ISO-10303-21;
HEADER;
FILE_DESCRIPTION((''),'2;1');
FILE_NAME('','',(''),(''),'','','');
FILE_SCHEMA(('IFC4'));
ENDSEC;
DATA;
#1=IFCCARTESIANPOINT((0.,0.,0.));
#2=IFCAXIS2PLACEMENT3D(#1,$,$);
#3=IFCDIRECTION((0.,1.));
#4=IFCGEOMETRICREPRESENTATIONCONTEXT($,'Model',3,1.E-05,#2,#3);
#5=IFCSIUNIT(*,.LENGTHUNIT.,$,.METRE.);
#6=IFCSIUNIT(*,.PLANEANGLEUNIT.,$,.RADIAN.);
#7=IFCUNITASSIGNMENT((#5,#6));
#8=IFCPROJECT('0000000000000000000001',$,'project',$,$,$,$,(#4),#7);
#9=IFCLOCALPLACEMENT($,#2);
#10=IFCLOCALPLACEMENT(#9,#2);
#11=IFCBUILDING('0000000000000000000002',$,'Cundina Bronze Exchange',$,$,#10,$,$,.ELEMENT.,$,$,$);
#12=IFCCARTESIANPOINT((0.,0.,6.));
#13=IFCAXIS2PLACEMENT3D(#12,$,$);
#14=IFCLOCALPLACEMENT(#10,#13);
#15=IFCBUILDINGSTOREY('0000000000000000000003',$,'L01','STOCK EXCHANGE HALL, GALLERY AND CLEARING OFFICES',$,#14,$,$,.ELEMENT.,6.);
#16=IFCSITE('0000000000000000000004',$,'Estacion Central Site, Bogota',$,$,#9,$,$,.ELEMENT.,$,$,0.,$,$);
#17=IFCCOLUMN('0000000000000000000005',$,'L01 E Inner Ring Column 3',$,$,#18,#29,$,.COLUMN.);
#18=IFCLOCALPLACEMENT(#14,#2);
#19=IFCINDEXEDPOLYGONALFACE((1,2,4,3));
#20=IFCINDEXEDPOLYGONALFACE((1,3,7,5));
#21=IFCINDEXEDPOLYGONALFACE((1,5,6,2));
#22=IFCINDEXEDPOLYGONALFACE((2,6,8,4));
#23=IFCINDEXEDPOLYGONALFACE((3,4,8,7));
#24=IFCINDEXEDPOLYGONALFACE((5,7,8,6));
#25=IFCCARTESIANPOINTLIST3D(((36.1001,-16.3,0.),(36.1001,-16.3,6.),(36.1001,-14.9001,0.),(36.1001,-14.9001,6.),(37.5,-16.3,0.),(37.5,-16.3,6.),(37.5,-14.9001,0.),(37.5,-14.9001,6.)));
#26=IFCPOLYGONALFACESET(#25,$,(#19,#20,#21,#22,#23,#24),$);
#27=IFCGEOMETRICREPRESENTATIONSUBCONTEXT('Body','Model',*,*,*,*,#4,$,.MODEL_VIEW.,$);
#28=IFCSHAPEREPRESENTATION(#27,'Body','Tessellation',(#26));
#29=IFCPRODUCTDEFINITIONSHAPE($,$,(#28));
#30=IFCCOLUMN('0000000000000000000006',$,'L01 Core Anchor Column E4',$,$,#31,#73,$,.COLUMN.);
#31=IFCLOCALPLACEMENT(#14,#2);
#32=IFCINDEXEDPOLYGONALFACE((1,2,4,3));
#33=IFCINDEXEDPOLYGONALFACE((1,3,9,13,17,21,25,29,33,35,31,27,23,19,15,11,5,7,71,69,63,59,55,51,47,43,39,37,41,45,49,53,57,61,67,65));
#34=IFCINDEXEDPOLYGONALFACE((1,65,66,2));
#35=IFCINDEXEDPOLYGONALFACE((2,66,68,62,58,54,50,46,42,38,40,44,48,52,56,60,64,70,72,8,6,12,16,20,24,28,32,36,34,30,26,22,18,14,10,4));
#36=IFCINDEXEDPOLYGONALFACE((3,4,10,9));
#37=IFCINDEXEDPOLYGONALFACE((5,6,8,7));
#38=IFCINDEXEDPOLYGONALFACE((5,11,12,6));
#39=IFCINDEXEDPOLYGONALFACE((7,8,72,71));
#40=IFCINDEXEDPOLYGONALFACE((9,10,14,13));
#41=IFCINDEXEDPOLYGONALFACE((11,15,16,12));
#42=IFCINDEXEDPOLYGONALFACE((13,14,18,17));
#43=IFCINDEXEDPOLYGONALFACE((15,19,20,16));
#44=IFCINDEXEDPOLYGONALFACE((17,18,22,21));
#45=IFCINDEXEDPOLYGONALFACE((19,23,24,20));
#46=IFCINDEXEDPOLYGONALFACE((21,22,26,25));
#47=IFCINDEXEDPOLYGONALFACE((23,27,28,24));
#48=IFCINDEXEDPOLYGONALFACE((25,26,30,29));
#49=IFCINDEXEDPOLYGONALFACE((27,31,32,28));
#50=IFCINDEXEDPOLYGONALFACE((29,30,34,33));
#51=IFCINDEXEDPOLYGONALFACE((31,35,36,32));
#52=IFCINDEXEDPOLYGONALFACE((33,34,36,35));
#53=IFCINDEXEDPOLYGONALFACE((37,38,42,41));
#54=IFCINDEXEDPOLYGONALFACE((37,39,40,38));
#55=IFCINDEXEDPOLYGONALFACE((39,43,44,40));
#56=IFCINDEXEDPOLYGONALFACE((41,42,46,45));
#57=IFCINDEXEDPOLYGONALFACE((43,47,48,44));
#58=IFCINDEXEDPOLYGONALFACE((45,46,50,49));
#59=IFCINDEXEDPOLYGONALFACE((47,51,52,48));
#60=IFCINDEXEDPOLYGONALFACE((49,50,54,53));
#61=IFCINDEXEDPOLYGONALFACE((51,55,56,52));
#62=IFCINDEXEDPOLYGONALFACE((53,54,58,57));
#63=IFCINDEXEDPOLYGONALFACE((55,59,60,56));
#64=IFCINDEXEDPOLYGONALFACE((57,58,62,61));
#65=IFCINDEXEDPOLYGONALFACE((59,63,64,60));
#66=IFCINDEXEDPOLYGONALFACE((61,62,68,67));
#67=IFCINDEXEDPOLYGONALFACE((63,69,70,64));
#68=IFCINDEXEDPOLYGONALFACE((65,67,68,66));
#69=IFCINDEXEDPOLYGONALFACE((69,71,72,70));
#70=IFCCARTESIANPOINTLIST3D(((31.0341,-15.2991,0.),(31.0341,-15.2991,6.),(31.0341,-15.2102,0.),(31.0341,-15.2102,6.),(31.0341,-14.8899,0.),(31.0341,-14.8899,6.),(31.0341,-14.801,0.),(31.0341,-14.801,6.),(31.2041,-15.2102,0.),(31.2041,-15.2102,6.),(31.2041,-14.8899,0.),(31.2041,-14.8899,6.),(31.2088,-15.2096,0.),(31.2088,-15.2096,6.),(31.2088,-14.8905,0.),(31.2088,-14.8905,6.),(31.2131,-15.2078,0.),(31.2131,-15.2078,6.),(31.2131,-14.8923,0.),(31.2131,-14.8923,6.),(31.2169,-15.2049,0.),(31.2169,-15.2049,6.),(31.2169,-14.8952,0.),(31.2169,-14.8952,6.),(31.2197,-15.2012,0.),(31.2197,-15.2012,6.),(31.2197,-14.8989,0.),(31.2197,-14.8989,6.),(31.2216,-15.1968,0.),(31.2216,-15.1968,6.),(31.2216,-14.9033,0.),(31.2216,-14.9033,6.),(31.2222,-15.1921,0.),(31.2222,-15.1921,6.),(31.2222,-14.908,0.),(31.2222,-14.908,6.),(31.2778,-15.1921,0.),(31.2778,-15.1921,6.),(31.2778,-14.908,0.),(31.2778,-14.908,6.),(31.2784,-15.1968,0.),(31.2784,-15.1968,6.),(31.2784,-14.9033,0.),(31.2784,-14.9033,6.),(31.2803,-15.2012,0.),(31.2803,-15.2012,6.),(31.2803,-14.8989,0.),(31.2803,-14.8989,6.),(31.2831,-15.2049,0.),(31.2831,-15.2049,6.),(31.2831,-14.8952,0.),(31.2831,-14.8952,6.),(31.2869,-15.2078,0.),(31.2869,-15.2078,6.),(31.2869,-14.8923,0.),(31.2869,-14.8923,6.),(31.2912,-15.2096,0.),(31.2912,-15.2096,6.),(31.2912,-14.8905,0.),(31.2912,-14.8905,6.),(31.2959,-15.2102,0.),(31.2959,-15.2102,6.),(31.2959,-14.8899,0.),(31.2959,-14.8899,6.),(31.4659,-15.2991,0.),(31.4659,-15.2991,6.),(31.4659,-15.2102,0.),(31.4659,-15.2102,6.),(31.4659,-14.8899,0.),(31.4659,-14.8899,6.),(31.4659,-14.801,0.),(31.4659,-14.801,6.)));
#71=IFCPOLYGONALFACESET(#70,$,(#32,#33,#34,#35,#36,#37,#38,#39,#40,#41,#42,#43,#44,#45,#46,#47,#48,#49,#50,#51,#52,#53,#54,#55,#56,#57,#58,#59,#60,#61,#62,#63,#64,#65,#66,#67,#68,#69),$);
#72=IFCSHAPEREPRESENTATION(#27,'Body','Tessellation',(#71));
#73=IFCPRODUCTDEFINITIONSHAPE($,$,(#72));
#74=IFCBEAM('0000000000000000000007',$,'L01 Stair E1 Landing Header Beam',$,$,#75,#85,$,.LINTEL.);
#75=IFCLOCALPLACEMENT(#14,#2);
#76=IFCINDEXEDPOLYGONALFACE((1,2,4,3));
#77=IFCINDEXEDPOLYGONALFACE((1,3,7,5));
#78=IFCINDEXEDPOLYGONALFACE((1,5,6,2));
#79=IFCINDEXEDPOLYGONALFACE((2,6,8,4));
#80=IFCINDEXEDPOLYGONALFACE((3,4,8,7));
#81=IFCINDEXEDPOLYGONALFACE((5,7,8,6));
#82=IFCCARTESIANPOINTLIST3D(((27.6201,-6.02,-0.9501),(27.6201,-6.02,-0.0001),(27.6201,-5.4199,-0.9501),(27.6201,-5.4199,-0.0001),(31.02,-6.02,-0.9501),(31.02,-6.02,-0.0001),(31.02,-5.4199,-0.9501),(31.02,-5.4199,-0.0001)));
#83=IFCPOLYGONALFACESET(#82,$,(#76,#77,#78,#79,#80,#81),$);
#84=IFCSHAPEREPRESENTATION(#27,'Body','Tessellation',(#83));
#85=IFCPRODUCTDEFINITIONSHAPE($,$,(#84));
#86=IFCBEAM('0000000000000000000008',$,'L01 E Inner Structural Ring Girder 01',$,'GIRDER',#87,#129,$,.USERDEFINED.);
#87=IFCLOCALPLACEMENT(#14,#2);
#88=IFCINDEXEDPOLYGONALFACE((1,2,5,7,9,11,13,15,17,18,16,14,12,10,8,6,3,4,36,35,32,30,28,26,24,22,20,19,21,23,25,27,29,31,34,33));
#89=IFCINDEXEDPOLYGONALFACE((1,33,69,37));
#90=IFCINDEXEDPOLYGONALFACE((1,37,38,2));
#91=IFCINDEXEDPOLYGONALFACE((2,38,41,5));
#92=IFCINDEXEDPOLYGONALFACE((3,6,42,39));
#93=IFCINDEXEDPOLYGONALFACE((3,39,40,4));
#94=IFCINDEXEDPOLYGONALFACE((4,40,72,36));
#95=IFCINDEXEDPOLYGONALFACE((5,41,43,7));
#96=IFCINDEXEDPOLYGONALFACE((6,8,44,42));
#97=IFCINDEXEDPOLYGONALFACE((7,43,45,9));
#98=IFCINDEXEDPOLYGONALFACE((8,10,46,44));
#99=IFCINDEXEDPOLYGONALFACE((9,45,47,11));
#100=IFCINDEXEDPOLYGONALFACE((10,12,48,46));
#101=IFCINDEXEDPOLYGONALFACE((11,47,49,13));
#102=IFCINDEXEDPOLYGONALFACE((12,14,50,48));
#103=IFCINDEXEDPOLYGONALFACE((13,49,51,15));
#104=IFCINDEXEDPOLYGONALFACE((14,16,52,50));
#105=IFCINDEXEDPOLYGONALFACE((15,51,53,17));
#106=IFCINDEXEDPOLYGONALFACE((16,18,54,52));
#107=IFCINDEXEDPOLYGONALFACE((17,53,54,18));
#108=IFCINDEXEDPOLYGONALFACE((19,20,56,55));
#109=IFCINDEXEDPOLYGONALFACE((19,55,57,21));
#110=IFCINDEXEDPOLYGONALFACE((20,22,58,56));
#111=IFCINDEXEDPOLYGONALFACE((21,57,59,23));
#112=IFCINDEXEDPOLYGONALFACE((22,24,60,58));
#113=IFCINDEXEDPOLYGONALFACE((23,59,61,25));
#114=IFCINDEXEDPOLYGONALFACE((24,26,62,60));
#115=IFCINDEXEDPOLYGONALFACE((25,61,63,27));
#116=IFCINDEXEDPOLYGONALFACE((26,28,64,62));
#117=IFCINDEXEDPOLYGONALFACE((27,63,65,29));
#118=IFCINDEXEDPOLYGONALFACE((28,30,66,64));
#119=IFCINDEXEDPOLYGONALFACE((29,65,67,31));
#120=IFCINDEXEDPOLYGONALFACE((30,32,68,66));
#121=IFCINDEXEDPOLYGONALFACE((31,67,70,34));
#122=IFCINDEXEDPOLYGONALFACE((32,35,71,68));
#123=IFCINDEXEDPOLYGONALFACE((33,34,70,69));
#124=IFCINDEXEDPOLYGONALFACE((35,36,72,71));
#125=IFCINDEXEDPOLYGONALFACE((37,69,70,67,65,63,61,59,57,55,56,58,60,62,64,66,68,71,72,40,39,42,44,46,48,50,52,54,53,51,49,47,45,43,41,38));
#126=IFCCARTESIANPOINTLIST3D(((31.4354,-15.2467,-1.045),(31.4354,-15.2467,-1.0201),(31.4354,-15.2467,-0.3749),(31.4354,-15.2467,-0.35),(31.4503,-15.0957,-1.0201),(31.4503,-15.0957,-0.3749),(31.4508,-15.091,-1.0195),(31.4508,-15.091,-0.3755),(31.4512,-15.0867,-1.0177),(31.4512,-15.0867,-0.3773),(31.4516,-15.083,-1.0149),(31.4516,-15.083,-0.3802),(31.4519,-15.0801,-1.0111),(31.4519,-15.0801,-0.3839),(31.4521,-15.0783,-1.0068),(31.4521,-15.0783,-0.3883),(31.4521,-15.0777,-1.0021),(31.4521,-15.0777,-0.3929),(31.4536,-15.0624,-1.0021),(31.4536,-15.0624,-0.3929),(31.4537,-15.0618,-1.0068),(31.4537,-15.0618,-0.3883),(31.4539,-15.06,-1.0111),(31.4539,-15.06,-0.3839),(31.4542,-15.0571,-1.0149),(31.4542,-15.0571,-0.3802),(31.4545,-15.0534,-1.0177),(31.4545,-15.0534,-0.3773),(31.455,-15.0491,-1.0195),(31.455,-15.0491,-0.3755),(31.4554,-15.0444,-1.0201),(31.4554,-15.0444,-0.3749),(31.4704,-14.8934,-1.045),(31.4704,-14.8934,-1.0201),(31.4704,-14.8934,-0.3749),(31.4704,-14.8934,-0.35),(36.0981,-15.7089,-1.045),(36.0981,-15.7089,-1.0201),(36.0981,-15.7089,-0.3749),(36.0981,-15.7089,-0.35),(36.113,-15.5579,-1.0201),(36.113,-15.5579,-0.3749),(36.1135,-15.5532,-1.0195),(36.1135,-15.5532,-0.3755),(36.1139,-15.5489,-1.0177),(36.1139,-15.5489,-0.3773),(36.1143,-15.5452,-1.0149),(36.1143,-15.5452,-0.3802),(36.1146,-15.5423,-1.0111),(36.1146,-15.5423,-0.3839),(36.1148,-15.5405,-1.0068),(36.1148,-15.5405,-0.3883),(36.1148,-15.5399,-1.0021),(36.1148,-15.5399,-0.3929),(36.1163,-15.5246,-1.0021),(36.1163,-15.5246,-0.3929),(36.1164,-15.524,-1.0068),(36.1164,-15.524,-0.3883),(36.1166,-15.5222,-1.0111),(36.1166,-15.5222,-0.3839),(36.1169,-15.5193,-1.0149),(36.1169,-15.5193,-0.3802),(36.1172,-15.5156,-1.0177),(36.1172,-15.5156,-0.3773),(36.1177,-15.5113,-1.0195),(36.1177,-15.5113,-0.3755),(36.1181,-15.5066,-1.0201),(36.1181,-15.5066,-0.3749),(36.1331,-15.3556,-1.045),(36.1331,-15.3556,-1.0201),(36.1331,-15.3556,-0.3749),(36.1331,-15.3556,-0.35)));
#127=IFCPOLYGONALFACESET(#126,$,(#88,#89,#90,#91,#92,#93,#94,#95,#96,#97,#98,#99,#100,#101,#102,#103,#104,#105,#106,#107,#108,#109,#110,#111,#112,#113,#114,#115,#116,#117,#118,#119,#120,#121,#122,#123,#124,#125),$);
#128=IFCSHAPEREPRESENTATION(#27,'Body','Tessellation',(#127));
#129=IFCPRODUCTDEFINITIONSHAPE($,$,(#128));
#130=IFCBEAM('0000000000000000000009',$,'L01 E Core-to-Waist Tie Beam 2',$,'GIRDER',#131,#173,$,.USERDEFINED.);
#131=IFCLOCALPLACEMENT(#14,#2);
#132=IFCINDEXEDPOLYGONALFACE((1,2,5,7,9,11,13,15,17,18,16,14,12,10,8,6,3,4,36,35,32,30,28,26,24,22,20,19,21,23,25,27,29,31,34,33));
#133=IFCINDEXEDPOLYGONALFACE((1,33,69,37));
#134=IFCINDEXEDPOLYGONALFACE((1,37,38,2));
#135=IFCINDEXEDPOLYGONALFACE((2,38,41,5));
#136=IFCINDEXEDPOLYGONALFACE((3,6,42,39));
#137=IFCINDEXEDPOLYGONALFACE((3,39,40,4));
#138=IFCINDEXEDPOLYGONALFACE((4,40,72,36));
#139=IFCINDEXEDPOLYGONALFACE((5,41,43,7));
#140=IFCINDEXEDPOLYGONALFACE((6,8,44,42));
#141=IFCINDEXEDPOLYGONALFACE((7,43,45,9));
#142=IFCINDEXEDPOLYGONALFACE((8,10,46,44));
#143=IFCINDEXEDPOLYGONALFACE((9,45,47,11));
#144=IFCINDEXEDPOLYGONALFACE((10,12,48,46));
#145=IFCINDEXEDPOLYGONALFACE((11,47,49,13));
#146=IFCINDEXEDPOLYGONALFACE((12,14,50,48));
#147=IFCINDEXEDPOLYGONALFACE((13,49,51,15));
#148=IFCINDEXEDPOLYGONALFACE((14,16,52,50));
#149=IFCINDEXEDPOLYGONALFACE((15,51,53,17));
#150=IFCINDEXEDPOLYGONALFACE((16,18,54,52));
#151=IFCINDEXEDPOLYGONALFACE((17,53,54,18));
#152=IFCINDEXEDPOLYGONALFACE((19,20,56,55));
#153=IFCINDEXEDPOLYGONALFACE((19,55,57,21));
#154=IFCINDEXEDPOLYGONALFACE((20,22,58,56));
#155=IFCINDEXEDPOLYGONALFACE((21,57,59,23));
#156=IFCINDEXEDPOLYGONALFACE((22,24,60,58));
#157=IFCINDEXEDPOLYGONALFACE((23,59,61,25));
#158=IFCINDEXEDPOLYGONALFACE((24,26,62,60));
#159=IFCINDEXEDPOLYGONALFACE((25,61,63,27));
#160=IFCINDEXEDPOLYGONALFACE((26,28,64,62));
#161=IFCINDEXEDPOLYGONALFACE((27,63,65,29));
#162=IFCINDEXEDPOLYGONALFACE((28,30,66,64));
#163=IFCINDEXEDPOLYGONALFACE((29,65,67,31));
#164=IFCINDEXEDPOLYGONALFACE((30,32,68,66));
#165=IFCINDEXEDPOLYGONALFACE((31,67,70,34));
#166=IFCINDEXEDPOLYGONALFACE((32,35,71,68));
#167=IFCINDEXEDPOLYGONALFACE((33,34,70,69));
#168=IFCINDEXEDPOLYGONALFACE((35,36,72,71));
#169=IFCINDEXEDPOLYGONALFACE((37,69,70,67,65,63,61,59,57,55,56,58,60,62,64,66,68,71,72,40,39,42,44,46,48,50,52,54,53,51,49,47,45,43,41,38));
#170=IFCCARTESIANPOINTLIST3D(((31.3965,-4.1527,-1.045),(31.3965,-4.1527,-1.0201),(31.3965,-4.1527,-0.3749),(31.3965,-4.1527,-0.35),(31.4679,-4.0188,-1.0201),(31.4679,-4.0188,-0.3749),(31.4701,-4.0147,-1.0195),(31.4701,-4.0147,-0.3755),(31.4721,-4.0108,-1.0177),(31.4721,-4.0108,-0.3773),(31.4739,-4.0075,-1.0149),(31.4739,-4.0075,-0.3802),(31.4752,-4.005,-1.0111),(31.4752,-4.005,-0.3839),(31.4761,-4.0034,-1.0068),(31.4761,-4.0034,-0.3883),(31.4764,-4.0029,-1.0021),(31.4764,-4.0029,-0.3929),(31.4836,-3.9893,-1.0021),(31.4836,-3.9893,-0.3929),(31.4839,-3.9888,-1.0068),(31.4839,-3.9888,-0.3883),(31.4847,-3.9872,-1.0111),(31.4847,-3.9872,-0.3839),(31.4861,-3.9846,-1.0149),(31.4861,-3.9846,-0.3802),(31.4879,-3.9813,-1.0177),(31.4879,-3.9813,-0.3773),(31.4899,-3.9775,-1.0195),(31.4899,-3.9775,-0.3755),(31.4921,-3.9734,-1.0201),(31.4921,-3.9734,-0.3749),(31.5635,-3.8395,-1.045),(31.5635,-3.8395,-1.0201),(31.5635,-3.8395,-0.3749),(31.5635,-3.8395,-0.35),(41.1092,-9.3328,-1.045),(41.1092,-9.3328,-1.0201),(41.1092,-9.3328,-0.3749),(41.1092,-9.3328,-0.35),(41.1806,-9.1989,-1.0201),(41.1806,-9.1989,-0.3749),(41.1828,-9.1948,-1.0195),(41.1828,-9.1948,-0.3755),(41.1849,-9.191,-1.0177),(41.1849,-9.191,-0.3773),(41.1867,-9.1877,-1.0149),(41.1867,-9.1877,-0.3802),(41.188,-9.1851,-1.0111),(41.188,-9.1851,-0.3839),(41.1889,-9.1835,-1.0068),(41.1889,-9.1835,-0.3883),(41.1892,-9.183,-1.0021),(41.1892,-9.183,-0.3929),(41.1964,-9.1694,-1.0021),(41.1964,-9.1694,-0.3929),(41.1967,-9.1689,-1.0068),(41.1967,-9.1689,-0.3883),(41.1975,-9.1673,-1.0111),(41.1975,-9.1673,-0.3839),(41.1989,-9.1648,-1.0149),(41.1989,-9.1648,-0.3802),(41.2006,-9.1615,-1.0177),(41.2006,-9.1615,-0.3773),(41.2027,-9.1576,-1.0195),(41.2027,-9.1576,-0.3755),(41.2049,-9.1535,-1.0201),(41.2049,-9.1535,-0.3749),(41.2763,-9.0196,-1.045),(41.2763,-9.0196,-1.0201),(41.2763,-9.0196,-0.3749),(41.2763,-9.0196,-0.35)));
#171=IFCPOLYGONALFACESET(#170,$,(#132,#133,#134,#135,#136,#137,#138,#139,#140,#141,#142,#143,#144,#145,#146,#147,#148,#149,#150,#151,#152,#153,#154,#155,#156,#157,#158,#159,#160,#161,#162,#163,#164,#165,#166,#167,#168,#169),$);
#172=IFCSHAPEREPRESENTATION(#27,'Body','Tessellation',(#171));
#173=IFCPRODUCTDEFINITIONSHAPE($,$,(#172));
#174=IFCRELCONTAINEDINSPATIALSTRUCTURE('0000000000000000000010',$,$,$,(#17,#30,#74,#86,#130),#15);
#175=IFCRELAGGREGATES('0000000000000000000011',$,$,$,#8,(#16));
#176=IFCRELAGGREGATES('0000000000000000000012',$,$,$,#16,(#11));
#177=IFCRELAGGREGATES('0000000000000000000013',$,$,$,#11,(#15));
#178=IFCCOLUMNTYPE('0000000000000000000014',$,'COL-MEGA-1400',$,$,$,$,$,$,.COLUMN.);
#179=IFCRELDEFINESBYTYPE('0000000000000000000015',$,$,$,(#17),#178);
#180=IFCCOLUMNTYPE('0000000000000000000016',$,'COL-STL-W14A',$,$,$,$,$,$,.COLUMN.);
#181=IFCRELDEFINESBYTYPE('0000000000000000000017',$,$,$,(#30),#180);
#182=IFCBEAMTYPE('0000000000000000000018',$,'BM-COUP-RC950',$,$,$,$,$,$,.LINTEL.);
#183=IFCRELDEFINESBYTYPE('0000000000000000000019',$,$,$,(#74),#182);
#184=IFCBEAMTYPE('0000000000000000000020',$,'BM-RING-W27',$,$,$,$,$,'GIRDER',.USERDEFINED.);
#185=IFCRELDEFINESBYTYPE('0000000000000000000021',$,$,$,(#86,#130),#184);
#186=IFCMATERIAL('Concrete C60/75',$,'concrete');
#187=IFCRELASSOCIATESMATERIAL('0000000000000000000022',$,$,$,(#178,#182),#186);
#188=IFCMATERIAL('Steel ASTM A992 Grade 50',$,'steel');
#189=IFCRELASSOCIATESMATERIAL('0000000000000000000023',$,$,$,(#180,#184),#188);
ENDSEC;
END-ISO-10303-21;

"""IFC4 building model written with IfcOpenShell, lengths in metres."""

from ifc_helpers import new_model, si_unit, direction, frame, origin, origin_2d, place, context, subcontext, project, spatial, rectangle, i_section, extrude, material, material_profile, profile_set, type_object, element, save


model = new_model("IFC4")

# Units and contexts
model_context = context("Model", 3, precision=1e-05, world=origin(), true_north=direction((0.0, 1.0)))
body_context = subcontext(model_context, "Body", "Model", "MODEL_VIEW")
ifc_project = project(units=[si_unit("LENGTHUNIT", "METRE"), si_unit("PLANEANGLEUNIT", "RADIAN")], contexts=[model_context])

# Site, building, storey
site_placement = place(None, origin())
site = spatial("IfcSite", under=ifc_project, at=site_placement, Name="Estacion Central Site, Bogota", CompositionType="ELEMENT", RefElevation=0.0)
building_placement = place(site_placement, origin())
building = spatial("IfcBuilding", under=site, at=building_placement, Name="Cundina Bronze Exchange", CompositionType="ELEMENT")
storey_placement = place(building_placement, frame((0.0, 0.0, 6.0)))
storey = spatial("IfcBuildingStorey", under=building, at=storey_placement, Name="L01", Description="STOCK EXCHANGE HALL, GALLERY AND CLEARING OFFICES", CompositionType="ELEMENT", Elevation=6.0)

# Columns
ifc_material_1 = material(Name="Concrete C60/75", Category="concrete")
ifc_material_profile_1 = material_profile(ifc_material_1, rectangle(XDim=1.3999, YDim=1.3999, at=origin_2d()), Name="RC1400X1400", Category="concrete")
ifc_profile_set_1 = profile_set([ifc_material_profile_1], Name="Concrete C60/75")
column_type_1 = type_object("IfcColumnType", Name="COL-MEGA-1400", PredefinedType="COLUMN", material=ifc_profile_set_1)
column_1_placement = place(storey_placement, frame((36.8, -15.6001, 0.0), z_axis=(0.0, 0.0, 1.0), x_axis=(1.0, 0.0, 0.0)))
element("IfcColumn", 1, at=column_1_placement, inside=storey, type_object=column_type_1, Name="L01 E Inner Ring Column 3", PredefinedType="COLUMN", context=body_context, shape_type="SweptSolid", body=[
    extrude(rectangle(XDim=1.3999, YDim=1.3999, at=origin_2d()), origin(), (0.0, 0.0, 1.0), 6.0),
])
ifc_material_2 = material(Name="Steel ASTM A992 Grade 50", Category="steel")
ifc_material_profile_2 = material_profile(ifc_material_2, i_section(OverallWidth=0.4319, OverallDepth=0.498, WebThickness=0.0557, FlangeThickness=0.0889, FilletRadius=0.0181, at=origin_2d()), Name="W14X500", Category="steel")
ifc_profile_set_2 = profile_set([ifc_material_profile_2], Name="Steel ASTM A992 Grade 50")
column_type_2 = type_object("IfcColumnType", Name="COL-STL-W14A", PredefinedType="COLUMN", material=ifc_profile_set_2)
column_2_placement = place(storey_placement, frame((31.25, -15.05, 0.0), z_axis=(0.0, 0.0, 1.0), x_axis=(1.0, 0.0, 0.0)))
element("IfcColumn", 2, at=column_2_placement, inside=storey, type_object=column_type_2, Name="L01 Core Anchor Column E4", PredefinedType="COLUMN", context=body_context, shape_type="SweptSolid", body=[
    extrude(i_section(OverallWidth=0.4319, OverallDepth=0.498, WebThickness=0.0557, FlangeThickness=0.0889, FilletRadius=0.0181, at=origin_2d()), origin(), (0.0, 0.0, 1.0), 6.0),
])

# Beams
ifc_material_profile_3 = material_profile(ifc_material_1, rectangle(XDim=0.6001, YDim=0.95, at=origin_2d()), Name="RC600X950", Category="concrete")
ifc_profile_set_3 = profile_set([ifc_material_profile_3], Name="Concrete C60/75")
beam_type_1 = type_object("IfcBeamType", Name="BM-COUP-RC950", PredefinedType="LINTEL", material=ifc_profile_set_3)
beam_1_placement = place(storey_placement, frame((27.6201, -5.72, -0.4751), z_axis=(1.0, 0.0, 0.0), x_axis=(0.0, 1.0, 0.0)))
element("IfcBeam", 3, at=beam_1_placement, inside=storey, type_object=beam_type_1, Name="L01 Stair E1 Landing Header Beam", PredefinedType="LINTEL", context=body_context, shape_type="SweptSolid", body=[
    extrude(rectangle(XDim=0.6001, YDim=0.95, at=origin_2d()), origin(), (0.0, 0.0, 1.0), 3.3999),
])
ifc_material_profile_4 = material_profile(ifc_material_2, i_section(OverallWidth=0.355, OverallDepth=0.6951, WebThickness=0.0154, FlangeThickness=0.0249, FilletRadius=0.0181, at=origin_2d()), Name="W27X146", Category="steel")
ifc_profile_set_4 = profile_set([ifc_material_profile_4], Name="Steel ASTM A992 Grade 50")
beam_type_2 = type_object("IfcBeamType", Name="BM-RING-W27", ElementType="GIRDER", PredefinedType="USERDEFINED", material=ifc_profile_set_4)
beam_2_placement = place(storey_placement, frame((31.4529, -15.0701, -0.6975), z_axis=(0.995123, -0.098637, 0.0), x_axis=(0.098637, 0.995123, 0.0)))
element("IfcBeam", 4, at=beam_2_placement, inside=storey, type_object=beam_type_2, Name="L01 E Inner Structural Ring Girder 01", ObjectType="GIRDER", PredefinedType="USERDEFINED", context=body_context, shape_type="SweptSolid", body=[
    extrude(i_section(OverallWidth=0.355, OverallDepth=0.6951, WebThickness=0.0154, FlangeThickness=0.0249, FilletRadius=0.0181, at=origin_2d()), origin(), (0.0, 0.0, 1.0), 4.6855),
])
beam_3_placement = place(storey_placement, frame((31.48, -3.9961, -0.6975), z_axis=(0.882354, -0.470586, 0.0), x_axis=(0.470586, 0.882354, 0.0)))
element("IfcBeam", 5, at=beam_3_placement, inside=storey, type_object=beam_type_2, Name="L01 E Core-to-Waist Tie Beam 2", ObjectType="GIRDER", PredefinedType="USERDEFINED", context=body_context, shape_type="SweptSolid", body=[
    extrude(i_section(OverallWidth=0.355, OverallDepth=0.6951, WebThickness=0.0154, FlangeThickness=0.0249, FilletRadius=0.0181, at=origin_2d()), origin(), (0.0, 0.0, 1.0), 11.0078),
])

save(model, "model.ifc")
